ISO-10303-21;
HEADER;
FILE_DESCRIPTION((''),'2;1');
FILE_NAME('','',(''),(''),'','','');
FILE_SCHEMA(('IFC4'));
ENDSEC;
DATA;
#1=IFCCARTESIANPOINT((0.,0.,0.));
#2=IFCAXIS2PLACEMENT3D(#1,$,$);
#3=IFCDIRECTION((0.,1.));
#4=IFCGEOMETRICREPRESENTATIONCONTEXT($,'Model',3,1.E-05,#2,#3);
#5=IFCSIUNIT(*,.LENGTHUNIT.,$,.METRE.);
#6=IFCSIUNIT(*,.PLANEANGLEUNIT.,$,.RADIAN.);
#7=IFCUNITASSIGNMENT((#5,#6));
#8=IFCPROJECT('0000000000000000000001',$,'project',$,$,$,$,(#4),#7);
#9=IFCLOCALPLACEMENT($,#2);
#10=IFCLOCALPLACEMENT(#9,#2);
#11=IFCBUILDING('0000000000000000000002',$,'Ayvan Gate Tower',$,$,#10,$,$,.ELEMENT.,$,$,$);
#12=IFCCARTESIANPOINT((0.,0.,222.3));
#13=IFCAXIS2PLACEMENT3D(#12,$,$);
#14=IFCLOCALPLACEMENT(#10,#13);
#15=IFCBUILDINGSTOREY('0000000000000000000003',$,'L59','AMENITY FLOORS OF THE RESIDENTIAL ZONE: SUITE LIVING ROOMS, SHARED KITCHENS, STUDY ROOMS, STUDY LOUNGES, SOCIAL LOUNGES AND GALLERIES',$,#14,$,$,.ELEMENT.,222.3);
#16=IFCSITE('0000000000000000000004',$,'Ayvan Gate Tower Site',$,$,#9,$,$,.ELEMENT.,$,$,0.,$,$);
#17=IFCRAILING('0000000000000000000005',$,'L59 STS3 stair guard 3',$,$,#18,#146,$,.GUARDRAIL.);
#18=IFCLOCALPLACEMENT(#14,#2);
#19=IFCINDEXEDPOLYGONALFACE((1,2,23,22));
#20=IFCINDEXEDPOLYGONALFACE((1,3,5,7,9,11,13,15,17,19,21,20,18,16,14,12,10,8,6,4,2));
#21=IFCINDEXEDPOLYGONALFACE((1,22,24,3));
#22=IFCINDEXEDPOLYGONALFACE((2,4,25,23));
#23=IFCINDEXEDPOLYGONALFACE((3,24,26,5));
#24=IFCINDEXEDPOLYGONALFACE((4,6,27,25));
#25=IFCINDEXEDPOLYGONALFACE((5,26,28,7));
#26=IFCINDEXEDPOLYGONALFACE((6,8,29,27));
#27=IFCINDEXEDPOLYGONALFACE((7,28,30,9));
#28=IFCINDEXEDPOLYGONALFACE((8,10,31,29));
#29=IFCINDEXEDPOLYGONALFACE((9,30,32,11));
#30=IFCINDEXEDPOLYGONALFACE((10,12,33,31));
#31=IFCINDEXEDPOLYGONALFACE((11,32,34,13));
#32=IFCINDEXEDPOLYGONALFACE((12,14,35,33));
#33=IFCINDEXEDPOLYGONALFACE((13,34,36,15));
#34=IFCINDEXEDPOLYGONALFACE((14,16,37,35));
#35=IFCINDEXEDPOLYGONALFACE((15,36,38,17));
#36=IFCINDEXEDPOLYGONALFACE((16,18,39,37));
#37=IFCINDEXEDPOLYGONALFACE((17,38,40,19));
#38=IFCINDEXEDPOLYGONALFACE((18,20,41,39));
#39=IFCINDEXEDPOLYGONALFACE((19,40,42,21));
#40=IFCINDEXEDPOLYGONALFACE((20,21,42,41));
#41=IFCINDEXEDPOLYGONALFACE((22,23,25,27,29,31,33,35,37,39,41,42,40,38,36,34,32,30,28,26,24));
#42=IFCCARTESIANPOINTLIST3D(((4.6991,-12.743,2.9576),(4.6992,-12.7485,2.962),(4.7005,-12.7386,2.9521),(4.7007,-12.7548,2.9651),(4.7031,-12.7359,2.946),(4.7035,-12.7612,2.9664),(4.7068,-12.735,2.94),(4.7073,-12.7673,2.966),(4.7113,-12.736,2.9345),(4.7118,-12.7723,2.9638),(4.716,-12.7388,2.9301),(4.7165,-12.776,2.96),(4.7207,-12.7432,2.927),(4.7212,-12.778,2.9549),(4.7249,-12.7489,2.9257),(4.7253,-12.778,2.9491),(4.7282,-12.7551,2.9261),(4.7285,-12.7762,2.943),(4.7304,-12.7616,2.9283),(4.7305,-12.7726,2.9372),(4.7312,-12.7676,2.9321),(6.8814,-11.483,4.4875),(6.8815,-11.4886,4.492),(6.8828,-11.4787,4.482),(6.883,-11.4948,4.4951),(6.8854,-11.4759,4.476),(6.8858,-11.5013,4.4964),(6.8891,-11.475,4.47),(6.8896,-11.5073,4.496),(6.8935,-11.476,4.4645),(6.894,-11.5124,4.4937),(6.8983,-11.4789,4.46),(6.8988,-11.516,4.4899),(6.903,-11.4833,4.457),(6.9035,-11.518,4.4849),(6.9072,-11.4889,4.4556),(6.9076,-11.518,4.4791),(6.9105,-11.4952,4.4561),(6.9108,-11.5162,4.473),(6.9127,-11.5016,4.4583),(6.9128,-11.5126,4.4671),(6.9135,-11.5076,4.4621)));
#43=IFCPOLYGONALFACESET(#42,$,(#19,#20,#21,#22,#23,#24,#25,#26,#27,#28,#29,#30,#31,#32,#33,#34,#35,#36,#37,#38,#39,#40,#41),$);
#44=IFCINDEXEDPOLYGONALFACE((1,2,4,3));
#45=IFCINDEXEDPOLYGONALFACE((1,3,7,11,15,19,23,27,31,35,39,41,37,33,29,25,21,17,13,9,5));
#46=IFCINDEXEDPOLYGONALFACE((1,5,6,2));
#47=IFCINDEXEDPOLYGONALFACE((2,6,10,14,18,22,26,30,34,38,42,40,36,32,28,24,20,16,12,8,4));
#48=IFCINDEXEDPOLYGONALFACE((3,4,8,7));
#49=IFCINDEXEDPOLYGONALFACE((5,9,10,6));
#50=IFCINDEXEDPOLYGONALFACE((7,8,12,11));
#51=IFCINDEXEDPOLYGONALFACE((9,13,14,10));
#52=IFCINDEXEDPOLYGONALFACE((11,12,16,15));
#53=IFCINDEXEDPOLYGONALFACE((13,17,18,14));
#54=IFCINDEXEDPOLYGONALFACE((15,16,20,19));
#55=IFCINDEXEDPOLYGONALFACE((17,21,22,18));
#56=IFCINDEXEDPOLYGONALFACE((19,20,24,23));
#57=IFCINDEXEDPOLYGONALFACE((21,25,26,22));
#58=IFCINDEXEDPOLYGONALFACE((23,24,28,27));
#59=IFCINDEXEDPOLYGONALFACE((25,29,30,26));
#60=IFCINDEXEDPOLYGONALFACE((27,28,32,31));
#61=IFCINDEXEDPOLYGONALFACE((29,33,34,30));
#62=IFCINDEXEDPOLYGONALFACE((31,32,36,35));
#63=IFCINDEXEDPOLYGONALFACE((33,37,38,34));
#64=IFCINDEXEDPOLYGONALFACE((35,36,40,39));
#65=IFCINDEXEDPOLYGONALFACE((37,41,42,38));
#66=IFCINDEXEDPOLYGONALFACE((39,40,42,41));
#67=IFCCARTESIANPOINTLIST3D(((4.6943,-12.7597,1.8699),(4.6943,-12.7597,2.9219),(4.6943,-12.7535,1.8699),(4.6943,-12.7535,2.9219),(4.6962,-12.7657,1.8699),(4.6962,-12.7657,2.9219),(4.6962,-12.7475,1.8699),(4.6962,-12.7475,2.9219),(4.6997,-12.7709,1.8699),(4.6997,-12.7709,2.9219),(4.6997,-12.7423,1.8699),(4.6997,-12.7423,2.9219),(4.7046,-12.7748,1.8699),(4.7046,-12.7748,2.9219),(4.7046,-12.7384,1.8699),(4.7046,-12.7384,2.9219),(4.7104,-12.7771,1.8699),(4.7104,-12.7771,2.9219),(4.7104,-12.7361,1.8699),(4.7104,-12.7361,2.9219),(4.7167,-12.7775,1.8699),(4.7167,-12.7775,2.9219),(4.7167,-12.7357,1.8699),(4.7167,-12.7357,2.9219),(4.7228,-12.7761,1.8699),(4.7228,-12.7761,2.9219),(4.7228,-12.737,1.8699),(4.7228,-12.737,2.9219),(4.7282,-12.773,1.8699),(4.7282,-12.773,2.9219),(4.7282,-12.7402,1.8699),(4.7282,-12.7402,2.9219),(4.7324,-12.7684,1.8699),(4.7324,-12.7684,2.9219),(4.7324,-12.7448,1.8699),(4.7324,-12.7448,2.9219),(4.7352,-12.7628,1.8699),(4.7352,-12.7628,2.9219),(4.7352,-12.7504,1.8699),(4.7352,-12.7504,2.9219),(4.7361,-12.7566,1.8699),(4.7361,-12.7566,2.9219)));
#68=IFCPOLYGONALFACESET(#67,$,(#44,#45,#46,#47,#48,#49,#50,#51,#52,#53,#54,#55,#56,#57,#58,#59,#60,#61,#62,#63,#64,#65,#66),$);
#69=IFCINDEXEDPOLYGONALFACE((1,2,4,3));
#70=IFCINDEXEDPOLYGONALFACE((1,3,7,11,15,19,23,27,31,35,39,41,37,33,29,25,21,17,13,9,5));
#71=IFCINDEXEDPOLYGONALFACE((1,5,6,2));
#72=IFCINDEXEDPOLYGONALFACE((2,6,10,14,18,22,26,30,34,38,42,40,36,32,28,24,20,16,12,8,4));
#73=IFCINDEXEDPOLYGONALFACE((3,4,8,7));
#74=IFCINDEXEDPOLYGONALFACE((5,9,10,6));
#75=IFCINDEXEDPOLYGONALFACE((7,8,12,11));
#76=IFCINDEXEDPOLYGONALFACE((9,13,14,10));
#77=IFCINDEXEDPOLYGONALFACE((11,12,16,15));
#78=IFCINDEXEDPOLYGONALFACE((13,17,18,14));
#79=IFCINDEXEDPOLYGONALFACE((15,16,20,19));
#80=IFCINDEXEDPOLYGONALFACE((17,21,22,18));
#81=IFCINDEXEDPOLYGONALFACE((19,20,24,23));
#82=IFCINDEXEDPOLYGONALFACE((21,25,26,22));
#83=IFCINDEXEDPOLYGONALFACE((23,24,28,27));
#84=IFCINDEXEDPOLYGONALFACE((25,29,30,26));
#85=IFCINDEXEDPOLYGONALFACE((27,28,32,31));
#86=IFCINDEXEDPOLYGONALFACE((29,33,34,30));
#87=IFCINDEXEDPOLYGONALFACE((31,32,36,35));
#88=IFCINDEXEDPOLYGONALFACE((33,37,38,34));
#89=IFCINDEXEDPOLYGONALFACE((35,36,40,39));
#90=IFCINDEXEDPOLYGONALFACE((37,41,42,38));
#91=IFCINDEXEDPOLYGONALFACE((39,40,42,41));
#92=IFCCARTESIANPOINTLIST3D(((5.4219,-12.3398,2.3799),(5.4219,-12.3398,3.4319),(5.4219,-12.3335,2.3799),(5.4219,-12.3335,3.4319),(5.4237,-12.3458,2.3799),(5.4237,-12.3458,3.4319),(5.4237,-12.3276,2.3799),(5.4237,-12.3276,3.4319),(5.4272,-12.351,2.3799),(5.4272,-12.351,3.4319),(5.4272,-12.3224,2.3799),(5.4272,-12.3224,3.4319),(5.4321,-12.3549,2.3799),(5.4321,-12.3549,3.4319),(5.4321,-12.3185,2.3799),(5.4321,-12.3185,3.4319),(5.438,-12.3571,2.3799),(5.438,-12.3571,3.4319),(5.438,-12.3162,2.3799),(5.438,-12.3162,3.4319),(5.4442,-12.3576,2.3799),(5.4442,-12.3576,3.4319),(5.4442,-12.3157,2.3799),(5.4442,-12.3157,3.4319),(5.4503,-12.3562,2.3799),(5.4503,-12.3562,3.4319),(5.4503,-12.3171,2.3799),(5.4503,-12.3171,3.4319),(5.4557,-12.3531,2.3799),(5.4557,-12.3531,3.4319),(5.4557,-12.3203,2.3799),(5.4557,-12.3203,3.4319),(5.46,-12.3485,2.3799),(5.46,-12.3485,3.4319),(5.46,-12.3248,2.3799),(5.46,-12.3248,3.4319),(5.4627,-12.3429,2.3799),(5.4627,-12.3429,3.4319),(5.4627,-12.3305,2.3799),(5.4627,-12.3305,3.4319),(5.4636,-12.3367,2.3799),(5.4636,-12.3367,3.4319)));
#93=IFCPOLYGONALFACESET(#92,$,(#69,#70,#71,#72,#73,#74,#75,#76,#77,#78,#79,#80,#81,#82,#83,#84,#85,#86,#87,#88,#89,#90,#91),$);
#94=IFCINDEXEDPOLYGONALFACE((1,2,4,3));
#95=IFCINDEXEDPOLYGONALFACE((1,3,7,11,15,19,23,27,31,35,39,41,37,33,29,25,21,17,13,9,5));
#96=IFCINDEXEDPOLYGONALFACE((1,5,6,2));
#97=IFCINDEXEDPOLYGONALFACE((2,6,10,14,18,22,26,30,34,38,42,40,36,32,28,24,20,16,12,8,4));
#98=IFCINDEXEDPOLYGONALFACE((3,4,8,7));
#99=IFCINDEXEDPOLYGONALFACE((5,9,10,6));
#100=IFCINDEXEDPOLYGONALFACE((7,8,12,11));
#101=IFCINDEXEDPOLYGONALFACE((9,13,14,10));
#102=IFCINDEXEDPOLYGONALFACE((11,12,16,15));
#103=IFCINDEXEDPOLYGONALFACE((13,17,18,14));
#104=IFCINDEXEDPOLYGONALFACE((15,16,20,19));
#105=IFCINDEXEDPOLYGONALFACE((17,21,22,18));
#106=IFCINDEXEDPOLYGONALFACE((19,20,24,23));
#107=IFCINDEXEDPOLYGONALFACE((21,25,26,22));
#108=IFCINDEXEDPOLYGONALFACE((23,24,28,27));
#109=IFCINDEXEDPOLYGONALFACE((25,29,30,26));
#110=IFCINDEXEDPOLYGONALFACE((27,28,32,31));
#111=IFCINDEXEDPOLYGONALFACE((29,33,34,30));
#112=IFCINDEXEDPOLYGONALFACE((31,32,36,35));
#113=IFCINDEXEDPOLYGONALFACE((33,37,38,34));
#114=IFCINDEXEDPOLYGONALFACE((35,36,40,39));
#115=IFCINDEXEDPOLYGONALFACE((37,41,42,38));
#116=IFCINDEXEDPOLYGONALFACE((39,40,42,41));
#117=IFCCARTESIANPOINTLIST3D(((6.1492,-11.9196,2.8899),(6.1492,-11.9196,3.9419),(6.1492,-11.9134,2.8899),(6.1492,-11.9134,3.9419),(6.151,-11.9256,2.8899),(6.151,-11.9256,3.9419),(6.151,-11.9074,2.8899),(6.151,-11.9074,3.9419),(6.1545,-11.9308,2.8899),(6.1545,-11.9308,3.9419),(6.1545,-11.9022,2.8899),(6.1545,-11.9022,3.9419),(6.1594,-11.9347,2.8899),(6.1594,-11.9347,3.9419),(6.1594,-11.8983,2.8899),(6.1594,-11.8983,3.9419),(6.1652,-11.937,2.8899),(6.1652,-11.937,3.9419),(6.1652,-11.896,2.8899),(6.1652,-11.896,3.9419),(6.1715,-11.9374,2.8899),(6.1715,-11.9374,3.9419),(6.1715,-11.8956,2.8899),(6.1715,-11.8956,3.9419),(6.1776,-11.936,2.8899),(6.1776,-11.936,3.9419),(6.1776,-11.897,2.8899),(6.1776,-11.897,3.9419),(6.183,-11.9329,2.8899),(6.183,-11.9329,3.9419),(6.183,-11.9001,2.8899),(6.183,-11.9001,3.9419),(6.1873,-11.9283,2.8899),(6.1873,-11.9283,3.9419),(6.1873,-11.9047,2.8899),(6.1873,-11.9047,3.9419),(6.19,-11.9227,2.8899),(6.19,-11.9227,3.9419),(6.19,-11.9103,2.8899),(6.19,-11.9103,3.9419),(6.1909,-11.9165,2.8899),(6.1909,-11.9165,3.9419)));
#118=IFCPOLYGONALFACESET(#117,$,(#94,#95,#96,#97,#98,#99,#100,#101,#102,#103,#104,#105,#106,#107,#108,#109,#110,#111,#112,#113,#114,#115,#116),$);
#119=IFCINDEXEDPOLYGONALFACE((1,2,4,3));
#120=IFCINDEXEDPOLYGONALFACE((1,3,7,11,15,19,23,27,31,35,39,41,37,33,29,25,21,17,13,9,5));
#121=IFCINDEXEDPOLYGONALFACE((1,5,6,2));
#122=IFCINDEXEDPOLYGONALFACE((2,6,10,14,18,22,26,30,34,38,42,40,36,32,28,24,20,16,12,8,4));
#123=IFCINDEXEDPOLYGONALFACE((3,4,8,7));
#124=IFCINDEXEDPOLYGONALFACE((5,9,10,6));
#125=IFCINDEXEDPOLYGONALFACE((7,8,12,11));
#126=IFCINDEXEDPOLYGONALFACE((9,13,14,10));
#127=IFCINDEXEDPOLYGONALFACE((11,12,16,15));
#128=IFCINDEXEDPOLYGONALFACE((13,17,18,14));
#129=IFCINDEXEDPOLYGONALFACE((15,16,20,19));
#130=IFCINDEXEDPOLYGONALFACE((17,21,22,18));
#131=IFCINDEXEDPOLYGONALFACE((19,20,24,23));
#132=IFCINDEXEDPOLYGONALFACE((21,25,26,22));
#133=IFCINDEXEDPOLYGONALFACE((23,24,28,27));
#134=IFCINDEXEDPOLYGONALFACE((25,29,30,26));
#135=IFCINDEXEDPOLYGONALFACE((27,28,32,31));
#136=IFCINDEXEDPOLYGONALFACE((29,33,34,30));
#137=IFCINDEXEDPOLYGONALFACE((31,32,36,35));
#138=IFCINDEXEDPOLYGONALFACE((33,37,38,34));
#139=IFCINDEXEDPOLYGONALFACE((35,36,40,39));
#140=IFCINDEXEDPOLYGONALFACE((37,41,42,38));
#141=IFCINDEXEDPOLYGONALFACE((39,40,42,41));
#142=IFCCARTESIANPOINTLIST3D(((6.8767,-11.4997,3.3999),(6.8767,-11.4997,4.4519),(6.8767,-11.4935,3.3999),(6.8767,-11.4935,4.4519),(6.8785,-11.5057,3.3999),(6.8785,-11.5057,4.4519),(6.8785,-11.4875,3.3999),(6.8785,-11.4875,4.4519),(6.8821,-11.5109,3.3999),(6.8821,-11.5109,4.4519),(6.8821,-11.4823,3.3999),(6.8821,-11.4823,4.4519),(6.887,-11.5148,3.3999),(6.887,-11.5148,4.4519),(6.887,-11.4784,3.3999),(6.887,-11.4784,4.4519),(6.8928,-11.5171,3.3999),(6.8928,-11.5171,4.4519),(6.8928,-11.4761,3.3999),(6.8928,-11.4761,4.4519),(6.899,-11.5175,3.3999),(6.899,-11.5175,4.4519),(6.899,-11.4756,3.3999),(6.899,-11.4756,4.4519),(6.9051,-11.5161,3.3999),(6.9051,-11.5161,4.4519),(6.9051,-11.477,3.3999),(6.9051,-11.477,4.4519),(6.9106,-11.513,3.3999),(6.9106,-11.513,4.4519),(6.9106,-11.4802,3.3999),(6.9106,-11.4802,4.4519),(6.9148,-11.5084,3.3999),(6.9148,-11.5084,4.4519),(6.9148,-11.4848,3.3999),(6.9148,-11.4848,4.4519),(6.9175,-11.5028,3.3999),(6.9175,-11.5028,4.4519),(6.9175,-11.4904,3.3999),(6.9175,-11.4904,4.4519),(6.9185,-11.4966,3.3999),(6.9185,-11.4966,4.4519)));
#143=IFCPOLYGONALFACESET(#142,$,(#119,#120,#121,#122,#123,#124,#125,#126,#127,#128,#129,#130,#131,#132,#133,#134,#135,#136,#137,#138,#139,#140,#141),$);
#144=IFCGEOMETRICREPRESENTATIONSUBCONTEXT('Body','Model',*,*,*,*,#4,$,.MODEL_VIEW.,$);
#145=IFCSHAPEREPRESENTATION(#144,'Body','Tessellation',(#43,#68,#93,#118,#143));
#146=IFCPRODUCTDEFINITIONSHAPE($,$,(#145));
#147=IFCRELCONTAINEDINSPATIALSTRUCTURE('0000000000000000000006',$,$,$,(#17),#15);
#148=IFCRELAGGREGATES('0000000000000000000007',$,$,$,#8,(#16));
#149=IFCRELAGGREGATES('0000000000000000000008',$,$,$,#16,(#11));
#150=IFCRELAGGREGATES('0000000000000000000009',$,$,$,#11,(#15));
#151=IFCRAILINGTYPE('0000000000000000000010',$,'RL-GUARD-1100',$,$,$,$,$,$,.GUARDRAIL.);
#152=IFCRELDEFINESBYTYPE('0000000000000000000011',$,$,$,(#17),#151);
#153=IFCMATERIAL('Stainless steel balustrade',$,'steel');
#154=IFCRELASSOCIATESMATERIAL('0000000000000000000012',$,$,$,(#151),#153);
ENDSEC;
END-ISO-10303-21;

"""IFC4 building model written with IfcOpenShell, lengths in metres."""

from ifc_helpers import new_model, si_unit, direction, frame, origin, origin_2d, place, context, subcontext, project, spatial, circle, extrude, material, type_object, element, save


model = new_model("IFC4")

# Units and contexts
model_context = context("Model", 3, precision=1e-05, world=origin(), true_north=direction((0.0, 1.0)))
body_context = subcontext(model_context, "Body", "Model", "MODEL_VIEW")
ifc_project = project(units=[si_unit("LENGTHUNIT", "METRE"), si_unit("PLANEANGLEUNIT", "RADIAN")], contexts=[model_context])

# Site, building, storey
site_placement = place(None, origin())
site = spatial("IfcSite", under=ifc_project, at=site_placement, Name="Ayvan Gate Tower Site", CompositionType="ELEMENT", RefElevation=0.0)
building_placement = place(site_placement, origin())
building = spatial("IfcBuilding", under=site, at=building_placement, Name="Ayvan Gate Tower", CompositionType="ELEMENT")
storey_placement = place(building_placement, frame((0.0, 0.0, 222.3)))
storey = spatial("IfcBuildingStorey", under=building, at=storey_placement, Name="L59", Description="AMENITY FLOORS OF THE RESIDENTIAL ZONE: SUITE LIVING ROOMS, SHARED KITCHENS, STUDY ROOMS, STUDY LOUNGES, SOCIAL LOUNGES AND GALLERIES", CompositionType="ELEMENT", Elevation=222.3)

# Railing
ifc_material_1 = material(Name="Stainless steel balustrade", Category="steel")
railing_type_1 = type_object("IfcRailingType", Name="RL-GUARD-1100", PredefinedType="GUARDRAIL", material=ifc_material_1)
railing_1_placement = place(storey_placement, frame((4.7151, -12.7566, 1.8699)))
element("IfcRailing", 1, at=railing_1_placement, inside=storey, type_object=railing_type_1, Name="L59 STS3 stair guard 3", PredefinedType="GUARDRAIL", context=body_context, shape_type="SweptSolid", body=[
    extrude(circle(Radius=0.0239, at=origin_2d()), frame((0.0, 0.0, 1.0762), z_axis=(0.740261, 0.427395, 0.518986), x_axis=(-0.500005, 0.866023, 0.0)), (0.0, 0.0, 1.0), 2.948),
    extrude(circle(Radius=0.021, at=origin_2d()), origin(), (0.0, 0.0, 1.0), 1.052),
    extrude(circle(Radius=0.021, at=origin_2d()), frame((0.7275, 0.4199, 0.51)), (0.0, 0.0, 1.0), 1.052),
    extrude(circle(Radius=0.021, at=origin_2d()), frame((1.4548, 0.8401, 1.02)), (0.0, 0.0, 1.0), 1.052),
    extrude(circle(Radius=0.021, at=origin_2d()), frame((2.1824, 1.26, 1.53)), (0.0, 0.0, 1.0), 1.052),
])

save(model, "model.ifc")
